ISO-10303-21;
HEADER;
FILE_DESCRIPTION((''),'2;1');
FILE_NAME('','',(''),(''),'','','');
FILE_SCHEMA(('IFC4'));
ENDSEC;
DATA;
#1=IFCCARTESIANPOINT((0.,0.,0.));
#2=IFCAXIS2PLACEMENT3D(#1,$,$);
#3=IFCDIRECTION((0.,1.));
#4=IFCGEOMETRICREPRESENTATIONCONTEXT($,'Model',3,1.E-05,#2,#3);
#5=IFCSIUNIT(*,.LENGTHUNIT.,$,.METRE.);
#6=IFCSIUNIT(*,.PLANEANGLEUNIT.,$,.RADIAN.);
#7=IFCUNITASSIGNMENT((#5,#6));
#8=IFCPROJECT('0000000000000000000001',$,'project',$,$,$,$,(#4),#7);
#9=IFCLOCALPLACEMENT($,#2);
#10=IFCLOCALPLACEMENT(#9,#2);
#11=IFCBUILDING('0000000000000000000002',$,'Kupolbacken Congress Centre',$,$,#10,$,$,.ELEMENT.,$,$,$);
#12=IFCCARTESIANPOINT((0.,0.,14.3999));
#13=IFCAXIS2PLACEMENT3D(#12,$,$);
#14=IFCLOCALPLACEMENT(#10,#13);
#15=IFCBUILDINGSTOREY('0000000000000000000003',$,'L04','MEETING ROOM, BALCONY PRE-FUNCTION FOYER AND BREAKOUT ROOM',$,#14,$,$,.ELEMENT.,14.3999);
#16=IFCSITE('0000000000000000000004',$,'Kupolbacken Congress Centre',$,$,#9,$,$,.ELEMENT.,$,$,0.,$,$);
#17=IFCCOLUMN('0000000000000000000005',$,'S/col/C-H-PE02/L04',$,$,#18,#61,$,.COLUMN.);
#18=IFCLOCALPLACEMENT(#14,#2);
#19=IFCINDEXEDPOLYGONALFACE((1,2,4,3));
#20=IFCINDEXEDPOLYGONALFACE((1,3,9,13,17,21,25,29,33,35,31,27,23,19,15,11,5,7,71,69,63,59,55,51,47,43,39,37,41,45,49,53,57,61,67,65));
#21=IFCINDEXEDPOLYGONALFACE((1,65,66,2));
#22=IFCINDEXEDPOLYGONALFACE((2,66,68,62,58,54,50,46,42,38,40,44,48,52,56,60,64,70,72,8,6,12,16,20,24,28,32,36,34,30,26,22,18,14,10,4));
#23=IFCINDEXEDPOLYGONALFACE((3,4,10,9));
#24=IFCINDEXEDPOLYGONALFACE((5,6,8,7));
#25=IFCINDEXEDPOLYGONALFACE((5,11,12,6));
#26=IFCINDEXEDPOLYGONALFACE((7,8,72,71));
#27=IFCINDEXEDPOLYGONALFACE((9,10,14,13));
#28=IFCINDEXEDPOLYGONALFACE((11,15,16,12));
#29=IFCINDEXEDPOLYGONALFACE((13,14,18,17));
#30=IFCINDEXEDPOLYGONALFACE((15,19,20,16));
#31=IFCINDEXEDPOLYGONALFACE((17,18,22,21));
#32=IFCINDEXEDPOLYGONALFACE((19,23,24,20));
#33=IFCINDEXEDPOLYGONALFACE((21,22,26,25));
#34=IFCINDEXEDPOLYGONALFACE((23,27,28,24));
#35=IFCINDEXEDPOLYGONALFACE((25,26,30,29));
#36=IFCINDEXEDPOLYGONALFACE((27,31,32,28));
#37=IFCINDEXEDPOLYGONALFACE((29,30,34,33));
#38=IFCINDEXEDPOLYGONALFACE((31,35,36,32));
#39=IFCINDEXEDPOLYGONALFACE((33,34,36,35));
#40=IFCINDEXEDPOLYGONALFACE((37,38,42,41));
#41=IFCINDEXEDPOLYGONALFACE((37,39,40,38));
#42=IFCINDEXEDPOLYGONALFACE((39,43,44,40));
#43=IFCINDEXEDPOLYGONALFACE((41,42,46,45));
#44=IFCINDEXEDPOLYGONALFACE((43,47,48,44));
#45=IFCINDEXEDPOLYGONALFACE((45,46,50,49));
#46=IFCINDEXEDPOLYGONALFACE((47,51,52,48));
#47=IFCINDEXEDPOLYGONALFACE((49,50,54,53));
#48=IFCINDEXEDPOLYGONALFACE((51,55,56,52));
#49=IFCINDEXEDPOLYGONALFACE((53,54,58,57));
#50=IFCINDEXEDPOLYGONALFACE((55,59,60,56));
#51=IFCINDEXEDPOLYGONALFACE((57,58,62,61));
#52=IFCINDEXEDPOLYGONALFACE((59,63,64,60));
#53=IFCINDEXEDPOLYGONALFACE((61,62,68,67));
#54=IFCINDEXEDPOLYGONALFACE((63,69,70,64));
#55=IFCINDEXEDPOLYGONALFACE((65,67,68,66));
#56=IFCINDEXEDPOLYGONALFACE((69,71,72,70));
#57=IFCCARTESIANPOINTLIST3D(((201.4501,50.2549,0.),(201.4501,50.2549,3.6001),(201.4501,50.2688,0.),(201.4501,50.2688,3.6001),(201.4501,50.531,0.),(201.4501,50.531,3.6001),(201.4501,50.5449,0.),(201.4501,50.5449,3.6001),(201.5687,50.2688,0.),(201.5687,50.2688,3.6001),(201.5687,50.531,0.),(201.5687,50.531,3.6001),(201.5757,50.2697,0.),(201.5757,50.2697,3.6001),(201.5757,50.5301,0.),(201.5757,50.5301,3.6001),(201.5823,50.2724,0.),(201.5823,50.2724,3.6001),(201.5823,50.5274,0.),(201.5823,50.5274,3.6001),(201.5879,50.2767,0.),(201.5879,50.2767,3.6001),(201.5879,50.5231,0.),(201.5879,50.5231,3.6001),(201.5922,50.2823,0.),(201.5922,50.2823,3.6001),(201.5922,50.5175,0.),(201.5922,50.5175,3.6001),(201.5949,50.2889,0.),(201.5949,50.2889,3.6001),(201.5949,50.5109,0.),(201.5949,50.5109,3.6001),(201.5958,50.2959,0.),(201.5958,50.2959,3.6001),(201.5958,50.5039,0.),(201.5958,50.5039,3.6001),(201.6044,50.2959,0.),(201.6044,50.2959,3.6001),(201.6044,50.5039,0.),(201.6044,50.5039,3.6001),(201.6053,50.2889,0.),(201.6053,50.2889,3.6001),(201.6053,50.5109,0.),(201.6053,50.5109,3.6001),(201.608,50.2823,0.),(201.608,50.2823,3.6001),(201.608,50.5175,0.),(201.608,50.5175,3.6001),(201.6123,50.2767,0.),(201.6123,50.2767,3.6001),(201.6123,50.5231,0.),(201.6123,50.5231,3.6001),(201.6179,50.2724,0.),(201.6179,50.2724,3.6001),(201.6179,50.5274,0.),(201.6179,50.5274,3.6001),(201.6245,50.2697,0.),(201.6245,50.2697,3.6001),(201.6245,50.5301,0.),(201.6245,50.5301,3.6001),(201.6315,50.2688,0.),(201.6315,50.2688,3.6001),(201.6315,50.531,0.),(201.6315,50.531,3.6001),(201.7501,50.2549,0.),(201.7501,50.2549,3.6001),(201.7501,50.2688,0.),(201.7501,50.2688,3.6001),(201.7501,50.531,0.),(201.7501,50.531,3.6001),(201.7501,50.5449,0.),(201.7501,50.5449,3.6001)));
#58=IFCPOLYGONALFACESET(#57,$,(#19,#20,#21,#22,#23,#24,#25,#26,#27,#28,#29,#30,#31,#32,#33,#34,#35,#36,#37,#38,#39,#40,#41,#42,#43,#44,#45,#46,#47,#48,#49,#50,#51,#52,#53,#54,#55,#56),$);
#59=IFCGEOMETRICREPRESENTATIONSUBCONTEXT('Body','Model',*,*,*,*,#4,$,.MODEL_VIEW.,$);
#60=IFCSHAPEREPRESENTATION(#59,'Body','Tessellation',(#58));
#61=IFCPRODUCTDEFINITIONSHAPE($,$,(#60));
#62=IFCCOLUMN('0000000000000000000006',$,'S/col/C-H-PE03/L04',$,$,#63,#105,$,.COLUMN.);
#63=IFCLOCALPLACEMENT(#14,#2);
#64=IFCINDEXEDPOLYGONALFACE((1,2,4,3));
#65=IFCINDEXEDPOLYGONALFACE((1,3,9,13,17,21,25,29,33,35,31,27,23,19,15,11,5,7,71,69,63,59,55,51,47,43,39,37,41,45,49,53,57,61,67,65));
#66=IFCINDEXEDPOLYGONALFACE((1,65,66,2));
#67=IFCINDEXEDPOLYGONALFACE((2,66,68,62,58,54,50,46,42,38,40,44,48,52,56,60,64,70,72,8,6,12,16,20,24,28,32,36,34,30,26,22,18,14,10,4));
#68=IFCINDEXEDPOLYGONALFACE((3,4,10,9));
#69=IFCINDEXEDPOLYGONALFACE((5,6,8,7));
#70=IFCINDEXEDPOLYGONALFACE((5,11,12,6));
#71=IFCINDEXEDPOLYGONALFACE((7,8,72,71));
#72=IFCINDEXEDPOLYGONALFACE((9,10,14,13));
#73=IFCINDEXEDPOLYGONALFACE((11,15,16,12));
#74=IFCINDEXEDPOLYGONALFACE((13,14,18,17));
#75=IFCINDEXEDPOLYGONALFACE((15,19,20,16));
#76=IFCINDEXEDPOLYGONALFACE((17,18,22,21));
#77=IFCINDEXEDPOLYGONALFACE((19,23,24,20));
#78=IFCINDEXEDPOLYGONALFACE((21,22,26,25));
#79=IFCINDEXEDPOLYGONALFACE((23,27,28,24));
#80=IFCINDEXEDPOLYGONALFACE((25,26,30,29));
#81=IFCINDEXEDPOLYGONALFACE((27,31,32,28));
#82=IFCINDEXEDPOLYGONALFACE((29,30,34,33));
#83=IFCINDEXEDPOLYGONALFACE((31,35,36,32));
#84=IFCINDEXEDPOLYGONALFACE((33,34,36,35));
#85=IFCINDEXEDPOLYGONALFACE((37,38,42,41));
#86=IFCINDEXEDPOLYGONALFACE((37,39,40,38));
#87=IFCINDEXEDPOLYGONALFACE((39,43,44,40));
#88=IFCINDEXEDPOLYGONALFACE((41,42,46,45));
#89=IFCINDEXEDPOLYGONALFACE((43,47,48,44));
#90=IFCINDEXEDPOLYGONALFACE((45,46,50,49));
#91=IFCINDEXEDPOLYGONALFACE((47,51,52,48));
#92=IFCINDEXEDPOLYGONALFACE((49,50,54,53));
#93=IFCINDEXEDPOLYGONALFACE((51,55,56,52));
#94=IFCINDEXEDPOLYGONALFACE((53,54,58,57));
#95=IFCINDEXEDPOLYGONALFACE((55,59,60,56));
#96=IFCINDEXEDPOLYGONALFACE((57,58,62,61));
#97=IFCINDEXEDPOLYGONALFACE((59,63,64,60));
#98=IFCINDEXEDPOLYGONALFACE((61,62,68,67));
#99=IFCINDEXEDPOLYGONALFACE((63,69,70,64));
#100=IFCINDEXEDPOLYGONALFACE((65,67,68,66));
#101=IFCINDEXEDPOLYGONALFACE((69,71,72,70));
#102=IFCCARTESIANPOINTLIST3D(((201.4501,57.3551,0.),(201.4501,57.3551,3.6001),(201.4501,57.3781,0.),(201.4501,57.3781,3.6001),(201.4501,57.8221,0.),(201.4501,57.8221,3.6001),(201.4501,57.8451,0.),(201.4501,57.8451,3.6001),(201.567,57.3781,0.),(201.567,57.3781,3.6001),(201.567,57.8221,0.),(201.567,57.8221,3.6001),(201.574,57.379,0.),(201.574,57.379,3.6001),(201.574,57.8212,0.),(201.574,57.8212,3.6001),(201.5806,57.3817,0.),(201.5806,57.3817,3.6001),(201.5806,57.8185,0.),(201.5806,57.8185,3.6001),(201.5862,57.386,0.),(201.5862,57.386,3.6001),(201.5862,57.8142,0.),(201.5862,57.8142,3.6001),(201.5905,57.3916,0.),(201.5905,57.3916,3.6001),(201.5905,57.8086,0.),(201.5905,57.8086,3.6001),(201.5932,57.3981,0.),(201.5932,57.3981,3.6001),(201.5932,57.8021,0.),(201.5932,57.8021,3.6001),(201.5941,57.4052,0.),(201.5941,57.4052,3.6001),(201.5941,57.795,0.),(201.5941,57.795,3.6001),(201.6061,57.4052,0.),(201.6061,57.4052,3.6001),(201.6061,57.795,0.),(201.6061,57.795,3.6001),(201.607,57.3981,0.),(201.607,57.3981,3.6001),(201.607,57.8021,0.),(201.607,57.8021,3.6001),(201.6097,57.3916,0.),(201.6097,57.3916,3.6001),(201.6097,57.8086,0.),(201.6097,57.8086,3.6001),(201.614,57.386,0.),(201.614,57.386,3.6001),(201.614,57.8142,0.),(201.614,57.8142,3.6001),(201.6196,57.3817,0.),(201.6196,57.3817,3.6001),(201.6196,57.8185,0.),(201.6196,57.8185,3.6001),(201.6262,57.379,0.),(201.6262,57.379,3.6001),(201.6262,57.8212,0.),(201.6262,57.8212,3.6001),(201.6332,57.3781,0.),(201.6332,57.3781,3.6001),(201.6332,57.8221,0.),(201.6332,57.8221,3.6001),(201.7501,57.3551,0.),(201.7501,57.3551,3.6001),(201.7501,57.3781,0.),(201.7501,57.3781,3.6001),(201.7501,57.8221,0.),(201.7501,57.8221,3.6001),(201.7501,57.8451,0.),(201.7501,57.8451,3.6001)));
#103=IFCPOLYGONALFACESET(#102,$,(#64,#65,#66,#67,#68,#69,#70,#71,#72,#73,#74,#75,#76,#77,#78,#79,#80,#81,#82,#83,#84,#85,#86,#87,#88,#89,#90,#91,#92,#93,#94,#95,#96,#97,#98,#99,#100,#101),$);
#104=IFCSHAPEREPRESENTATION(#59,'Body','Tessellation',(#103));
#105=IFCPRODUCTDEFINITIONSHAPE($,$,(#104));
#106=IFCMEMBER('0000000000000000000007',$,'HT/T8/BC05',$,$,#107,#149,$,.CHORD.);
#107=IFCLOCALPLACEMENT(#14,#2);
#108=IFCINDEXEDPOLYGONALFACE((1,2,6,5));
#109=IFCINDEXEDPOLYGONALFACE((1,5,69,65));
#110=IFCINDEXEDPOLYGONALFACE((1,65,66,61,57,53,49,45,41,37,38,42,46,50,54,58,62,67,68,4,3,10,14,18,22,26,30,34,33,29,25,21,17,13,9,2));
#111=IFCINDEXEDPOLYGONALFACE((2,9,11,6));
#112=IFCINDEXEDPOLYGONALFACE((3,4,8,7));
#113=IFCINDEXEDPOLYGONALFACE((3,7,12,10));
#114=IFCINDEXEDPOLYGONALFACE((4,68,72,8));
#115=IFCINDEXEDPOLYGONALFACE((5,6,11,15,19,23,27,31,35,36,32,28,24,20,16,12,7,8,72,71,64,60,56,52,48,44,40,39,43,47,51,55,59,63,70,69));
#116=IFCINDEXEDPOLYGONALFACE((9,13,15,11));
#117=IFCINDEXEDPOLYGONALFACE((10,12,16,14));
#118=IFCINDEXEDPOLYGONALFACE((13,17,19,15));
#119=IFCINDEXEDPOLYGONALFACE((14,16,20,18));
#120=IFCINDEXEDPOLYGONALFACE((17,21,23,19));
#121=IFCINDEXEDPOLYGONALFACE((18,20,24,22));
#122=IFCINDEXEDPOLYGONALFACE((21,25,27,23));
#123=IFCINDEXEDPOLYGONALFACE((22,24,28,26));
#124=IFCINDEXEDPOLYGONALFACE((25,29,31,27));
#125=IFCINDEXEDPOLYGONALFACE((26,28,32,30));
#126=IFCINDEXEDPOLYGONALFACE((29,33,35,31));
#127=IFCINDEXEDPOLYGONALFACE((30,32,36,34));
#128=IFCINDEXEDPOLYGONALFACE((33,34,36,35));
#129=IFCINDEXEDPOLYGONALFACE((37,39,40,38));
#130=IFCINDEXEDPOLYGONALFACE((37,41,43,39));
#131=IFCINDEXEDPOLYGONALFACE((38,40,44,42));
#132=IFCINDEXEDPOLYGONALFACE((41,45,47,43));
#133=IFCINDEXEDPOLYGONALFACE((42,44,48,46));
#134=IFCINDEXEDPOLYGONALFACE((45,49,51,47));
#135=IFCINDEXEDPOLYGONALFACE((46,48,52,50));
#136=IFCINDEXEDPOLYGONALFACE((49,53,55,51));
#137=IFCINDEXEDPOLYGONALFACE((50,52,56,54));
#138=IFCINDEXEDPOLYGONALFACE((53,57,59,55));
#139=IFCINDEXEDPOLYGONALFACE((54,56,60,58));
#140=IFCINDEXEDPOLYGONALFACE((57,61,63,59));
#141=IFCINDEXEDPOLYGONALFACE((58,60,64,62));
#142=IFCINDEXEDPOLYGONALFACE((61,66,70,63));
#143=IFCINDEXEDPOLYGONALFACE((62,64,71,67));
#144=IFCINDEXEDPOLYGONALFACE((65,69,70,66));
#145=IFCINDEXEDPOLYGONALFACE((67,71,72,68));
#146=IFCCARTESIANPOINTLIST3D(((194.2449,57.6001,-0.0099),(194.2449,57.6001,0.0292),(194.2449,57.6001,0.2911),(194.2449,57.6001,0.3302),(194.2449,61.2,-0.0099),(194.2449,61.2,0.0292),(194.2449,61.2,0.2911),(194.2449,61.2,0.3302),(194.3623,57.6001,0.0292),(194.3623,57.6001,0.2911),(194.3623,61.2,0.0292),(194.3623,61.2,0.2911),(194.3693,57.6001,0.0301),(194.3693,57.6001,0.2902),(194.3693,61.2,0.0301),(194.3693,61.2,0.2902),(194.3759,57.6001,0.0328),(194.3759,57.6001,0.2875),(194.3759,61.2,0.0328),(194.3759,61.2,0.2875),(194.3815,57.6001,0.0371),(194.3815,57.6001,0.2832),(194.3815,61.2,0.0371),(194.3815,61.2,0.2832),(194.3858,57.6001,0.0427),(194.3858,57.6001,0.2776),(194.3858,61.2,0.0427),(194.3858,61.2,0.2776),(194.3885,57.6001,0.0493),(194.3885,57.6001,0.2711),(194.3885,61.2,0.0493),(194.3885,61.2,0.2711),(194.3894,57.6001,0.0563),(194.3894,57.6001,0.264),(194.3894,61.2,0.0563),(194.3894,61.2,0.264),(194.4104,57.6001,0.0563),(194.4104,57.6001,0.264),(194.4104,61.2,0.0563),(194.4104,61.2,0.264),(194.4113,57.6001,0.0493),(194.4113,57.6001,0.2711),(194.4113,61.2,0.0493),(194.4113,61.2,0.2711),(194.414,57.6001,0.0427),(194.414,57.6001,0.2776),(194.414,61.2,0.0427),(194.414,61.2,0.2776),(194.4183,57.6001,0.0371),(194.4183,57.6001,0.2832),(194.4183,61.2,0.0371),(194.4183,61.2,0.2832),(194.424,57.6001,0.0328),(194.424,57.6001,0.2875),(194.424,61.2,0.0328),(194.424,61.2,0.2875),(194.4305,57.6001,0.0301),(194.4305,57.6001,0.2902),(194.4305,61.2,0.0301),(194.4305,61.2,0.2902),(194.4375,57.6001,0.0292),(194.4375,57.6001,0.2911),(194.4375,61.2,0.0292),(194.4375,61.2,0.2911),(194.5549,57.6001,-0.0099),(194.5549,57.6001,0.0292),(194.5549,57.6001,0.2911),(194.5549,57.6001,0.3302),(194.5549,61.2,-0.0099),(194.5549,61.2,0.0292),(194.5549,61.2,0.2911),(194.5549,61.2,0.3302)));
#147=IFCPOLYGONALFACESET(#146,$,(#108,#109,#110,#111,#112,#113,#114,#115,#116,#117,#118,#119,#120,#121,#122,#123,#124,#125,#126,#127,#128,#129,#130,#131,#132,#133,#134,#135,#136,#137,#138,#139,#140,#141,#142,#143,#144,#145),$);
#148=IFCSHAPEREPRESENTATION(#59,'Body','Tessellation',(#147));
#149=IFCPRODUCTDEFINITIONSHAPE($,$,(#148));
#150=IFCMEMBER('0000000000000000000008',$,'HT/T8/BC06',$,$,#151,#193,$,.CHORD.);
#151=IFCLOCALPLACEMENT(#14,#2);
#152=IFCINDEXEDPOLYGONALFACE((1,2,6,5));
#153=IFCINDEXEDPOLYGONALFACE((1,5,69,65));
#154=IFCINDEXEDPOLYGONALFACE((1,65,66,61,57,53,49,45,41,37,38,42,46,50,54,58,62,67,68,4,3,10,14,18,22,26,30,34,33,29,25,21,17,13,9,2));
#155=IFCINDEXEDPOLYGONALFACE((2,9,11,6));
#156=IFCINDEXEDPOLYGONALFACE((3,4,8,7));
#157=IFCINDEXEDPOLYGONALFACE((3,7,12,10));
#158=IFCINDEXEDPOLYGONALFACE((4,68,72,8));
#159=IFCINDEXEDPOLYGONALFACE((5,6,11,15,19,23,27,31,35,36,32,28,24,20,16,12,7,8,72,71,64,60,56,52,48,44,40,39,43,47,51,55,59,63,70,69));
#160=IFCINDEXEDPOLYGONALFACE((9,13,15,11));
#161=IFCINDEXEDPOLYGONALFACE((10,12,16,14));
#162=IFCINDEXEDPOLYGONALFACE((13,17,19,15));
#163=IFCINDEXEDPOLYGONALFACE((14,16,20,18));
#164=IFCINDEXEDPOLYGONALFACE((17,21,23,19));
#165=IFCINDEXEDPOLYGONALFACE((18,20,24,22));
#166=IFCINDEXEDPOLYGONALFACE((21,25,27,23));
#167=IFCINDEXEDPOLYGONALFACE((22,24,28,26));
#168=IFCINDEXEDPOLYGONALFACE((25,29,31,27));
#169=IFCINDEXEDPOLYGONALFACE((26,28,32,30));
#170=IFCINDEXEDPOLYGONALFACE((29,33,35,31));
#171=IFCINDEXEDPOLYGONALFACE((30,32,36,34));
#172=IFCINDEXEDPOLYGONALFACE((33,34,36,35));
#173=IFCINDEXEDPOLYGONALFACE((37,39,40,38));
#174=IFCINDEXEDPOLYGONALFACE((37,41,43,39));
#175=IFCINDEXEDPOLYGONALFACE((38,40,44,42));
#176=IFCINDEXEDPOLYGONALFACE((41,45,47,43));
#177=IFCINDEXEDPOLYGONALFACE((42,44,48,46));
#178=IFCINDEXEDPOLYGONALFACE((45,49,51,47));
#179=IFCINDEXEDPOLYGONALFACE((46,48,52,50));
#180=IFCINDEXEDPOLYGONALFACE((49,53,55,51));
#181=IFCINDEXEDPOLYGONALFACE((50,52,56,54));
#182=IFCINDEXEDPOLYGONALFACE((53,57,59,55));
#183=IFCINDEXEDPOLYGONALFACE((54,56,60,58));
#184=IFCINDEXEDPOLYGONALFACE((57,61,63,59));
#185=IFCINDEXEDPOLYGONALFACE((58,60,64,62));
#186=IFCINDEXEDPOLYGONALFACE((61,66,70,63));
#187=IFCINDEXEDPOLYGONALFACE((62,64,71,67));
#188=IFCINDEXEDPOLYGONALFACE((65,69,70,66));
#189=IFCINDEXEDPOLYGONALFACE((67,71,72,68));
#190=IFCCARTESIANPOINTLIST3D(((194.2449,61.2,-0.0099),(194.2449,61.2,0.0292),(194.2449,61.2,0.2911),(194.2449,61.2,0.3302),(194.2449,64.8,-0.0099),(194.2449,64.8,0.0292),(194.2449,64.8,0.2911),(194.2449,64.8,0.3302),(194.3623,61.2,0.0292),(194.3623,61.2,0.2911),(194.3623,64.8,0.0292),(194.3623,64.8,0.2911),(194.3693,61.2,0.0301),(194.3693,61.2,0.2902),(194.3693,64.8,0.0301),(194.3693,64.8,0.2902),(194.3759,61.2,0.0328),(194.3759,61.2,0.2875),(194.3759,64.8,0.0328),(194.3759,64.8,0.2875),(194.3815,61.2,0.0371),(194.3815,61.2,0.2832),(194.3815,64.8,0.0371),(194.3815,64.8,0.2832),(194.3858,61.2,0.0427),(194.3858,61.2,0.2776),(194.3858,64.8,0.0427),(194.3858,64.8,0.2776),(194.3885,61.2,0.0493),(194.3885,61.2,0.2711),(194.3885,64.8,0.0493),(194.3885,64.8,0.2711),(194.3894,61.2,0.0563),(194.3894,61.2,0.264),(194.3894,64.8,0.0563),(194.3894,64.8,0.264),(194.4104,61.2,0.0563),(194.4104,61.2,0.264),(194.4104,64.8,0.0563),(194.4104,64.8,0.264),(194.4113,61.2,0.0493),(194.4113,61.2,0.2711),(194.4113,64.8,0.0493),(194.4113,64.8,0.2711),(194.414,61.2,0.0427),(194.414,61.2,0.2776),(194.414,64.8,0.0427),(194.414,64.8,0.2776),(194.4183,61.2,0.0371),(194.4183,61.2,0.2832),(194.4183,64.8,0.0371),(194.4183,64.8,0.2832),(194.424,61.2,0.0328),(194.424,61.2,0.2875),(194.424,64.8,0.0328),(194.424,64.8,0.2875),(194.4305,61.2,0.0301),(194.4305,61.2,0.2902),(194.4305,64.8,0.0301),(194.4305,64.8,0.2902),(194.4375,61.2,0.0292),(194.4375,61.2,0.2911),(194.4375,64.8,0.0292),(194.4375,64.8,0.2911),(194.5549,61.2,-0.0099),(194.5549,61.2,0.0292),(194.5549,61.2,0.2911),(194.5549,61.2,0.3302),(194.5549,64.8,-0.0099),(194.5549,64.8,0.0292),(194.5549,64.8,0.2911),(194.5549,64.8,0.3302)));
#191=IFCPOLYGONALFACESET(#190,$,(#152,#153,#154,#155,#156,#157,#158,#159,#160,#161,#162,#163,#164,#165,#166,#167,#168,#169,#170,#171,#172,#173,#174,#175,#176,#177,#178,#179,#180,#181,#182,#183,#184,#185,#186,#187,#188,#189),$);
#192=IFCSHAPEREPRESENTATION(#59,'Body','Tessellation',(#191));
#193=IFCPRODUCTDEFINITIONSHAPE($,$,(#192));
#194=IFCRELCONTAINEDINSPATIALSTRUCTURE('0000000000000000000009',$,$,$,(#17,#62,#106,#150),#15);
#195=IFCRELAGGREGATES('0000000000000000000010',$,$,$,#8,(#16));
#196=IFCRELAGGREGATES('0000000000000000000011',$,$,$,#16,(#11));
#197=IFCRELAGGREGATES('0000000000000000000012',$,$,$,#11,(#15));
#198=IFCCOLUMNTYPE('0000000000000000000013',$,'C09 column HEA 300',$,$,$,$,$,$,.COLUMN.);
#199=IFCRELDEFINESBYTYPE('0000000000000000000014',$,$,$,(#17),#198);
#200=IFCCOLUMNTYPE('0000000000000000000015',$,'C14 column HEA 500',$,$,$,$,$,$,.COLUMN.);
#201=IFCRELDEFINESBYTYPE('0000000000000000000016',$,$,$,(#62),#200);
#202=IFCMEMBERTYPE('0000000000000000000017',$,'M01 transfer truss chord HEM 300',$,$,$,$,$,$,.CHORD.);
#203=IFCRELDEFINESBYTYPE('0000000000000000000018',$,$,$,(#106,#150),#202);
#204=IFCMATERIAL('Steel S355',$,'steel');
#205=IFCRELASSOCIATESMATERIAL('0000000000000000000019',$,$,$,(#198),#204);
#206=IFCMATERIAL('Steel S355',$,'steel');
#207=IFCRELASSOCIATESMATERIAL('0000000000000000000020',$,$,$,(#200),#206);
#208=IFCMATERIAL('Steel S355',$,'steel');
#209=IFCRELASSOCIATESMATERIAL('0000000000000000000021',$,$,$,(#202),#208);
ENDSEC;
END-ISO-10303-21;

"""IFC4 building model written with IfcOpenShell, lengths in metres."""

from ifc_helpers import new_model, si_unit, direction, frame, origin, origin_2d, place, context, subcontext, project, spatial, i_section, extrude, material, material_profile, profile_set, type_object, element, save


model = new_model("IFC4")

# Units and contexts
model_context = context("Model", 3, precision=1e-05, world=origin(), true_north=direction((0.0, 1.0)))
body_context = subcontext(model_context, "Body", "Model", "MODEL_VIEW")
ifc_project = project(units=[si_unit("LENGTHUNIT", "METRE"), si_unit("PLANEANGLEUNIT", "RADIAN")], contexts=[model_context])

# Site, building, storey
site_placement = place(None, origin())
site = spatial("IfcSite", under=ifc_project, at=site_placement, Name="Kupolbacken Congress Centre", CompositionType="ELEMENT", RefElevation=0.0)
building_placement = place(site_placement, origin())
building = spatial("IfcBuilding", under=site, at=building_placement, Name="Kupolbacken Congress Centre", CompositionType="ELEMENT")
storey_placement = place(building_placement, frame((0.0, 0.0, 14.3999)))
storey = spatial("IfcBuildingStorey", under=building, at=storey_placement, Name="L04", Description="MEETING ROOM, BALCONY PRE-FUNCTION FOYER AND BREAKOUT ROOM", CompositionType="ELEMENT", Elevation=14.3999)

# Columns
ifc_material_1 = material(Name="Steel S355", Category="steel")
ifc_material_profile_1 = material_profile(ifc_material_1, i_section(OverallWidth=0.3, OverallDepth=0.29, WebThickness=0.0085, FlangeThickness=0.0139, FilletRadius=0.0271, at=origin_2d()), Name="HEA 300")
ifc_profile_set_1 = profile_set([ifc_material_profile_1], Name="Steel S355")
column_type_1 = type_object("IfcColumnType", Name="C09 column HEA 300", PredefinedType="COLUMN", material=ifc_profile_set_1)
column_1_placement = place(storey_placement, frame((201.6001, 50.3999, 0.0), z_axis=(0.0, 0.0, 1.0), x_axis=(1.0, 0.0, 0.0)))
element("IfcColumn", 1, at=column_1_placement, inside=storey, type_object=column_type_1, Name="S/col/C-H-PE02/L04", PredefinedType="COLUMN", context=body_context, shape_type="SweptSolid", body=[
    extrude(i_section(OverallWidth=0.3, OverallDepth=0.29, WebThickness=0.0085, FlangeThickness=0.0139, FilletRadius=0.0271, at=origin_2d()), origin(), (0.0, 0.0, 1.0), 3.6001),
])
ifc_material_2 = material(Name="Steel S355", Category="steel")
ifc_material_profile_2 = material_profile(ifc_material_2, i_section(OverallWidth=0.3, OverallDepth=0.49, WebThickness=0.012, FlangeThickness=0.0229, FilletRadius=0.0271, at=origin_2d()), Name="HEA 500")
ifc_profile_set_2 = profile_set([ifc_material_profile_2], Name="Steel S355")
column_type_2 = type_object("IfcColumnType", Name="C14 column HEA 500", PredefinedType="COLUMN", material=ifc_profile_set_2)
column_2_placement = place(storey_placement, frame((201.6001, 57.6001, 0.0), z_axis=(0.0, 0.0, 1.0), x_axis=(1.0, 0.0, 0.0)))
element("IfcColumn", 2, at=column_2_placement, inside=storey, type_object=column_type_2, Name="S/col/C-H-PE03/L04", PredefinedType="COLUMN", context=body_context, shape_type="SweptSolid", body=[
    extrude(i_section(OverallWidth=0.3, OverallDepth=0.49, WebThickness=0.012, FlangeThickness=0.0229, FilletRadius=0.0271, at=origin_2d()), origin(), (0.0, 0.0, 1.0), 3.6001),
])

# Members
ifc_material_3 = material(Name="Steel S355", Category="steel")
ifc_material_profile_3 = material_profile(ifc_material_3, i_section(OverallWidth=0.3101, OverallDepth=0.3401, WebThickness=0.021, FlangeThickness=0.0391, FilletRadius=0.0271, at=origin_2d()), Name="HEM 300")
ifc_profile_set_3 = profile_set([ifc_material_profile_3], Name="Steel S355")
member_type_1 = type_object("IfcMemberType", Name="M01 transfer truss chord HEM 300", PredefinedType="CHORD", material=ifc_profile_set_3)
member_1_placement = place(storey_placement, frame((194.3999, 57.6001, 0.1602), z_axis=(0.0, 1.0, 0.0), x_axis=(-1.0, 0.0, 0.0)))
element("IfcMember", 3, at=member_1_placement, inside=storey, type_object=member_type_1, Name="HT/T8/BC05", PredefinedType="CHORD", context=body_context, shape_type="SweptSolid", body=[
    extrude(i_section(OverallWidth=0.3101, OverallDepth=0.3401, WebThickness=0.021, FlangeThickness=0.0391, FilletRadius=0.0271, at=origin_2d()), origin(), (0.0, 0.0, 1.0), 3.5999),
])
member_2_placement = place(storey_placement, frame((194.3999, 61.2, 0.1602), z_axis=(0.0, 1.0, 0.0), x_axis=(-1.0, 0.0, 0.0)))
element("IfcMember", 4, at=member_2_placement, inside=storey, type_object=member_type_1, Name="HT/T8/BC06", PredefinedType="CHORD", context=body_context, shape_type="SweptSolid", body=[
    extrude(i_section(OverallWidth=0.3101, OverallDepth=0.3401, WebThickness=0.021, FlangeThickness=0.0391, FilletRadius=0.0271, at=origin_2d()), origin(), (0.0, 0.0, 1.0), 3.6001),
])

save(model, "model.ifc")
